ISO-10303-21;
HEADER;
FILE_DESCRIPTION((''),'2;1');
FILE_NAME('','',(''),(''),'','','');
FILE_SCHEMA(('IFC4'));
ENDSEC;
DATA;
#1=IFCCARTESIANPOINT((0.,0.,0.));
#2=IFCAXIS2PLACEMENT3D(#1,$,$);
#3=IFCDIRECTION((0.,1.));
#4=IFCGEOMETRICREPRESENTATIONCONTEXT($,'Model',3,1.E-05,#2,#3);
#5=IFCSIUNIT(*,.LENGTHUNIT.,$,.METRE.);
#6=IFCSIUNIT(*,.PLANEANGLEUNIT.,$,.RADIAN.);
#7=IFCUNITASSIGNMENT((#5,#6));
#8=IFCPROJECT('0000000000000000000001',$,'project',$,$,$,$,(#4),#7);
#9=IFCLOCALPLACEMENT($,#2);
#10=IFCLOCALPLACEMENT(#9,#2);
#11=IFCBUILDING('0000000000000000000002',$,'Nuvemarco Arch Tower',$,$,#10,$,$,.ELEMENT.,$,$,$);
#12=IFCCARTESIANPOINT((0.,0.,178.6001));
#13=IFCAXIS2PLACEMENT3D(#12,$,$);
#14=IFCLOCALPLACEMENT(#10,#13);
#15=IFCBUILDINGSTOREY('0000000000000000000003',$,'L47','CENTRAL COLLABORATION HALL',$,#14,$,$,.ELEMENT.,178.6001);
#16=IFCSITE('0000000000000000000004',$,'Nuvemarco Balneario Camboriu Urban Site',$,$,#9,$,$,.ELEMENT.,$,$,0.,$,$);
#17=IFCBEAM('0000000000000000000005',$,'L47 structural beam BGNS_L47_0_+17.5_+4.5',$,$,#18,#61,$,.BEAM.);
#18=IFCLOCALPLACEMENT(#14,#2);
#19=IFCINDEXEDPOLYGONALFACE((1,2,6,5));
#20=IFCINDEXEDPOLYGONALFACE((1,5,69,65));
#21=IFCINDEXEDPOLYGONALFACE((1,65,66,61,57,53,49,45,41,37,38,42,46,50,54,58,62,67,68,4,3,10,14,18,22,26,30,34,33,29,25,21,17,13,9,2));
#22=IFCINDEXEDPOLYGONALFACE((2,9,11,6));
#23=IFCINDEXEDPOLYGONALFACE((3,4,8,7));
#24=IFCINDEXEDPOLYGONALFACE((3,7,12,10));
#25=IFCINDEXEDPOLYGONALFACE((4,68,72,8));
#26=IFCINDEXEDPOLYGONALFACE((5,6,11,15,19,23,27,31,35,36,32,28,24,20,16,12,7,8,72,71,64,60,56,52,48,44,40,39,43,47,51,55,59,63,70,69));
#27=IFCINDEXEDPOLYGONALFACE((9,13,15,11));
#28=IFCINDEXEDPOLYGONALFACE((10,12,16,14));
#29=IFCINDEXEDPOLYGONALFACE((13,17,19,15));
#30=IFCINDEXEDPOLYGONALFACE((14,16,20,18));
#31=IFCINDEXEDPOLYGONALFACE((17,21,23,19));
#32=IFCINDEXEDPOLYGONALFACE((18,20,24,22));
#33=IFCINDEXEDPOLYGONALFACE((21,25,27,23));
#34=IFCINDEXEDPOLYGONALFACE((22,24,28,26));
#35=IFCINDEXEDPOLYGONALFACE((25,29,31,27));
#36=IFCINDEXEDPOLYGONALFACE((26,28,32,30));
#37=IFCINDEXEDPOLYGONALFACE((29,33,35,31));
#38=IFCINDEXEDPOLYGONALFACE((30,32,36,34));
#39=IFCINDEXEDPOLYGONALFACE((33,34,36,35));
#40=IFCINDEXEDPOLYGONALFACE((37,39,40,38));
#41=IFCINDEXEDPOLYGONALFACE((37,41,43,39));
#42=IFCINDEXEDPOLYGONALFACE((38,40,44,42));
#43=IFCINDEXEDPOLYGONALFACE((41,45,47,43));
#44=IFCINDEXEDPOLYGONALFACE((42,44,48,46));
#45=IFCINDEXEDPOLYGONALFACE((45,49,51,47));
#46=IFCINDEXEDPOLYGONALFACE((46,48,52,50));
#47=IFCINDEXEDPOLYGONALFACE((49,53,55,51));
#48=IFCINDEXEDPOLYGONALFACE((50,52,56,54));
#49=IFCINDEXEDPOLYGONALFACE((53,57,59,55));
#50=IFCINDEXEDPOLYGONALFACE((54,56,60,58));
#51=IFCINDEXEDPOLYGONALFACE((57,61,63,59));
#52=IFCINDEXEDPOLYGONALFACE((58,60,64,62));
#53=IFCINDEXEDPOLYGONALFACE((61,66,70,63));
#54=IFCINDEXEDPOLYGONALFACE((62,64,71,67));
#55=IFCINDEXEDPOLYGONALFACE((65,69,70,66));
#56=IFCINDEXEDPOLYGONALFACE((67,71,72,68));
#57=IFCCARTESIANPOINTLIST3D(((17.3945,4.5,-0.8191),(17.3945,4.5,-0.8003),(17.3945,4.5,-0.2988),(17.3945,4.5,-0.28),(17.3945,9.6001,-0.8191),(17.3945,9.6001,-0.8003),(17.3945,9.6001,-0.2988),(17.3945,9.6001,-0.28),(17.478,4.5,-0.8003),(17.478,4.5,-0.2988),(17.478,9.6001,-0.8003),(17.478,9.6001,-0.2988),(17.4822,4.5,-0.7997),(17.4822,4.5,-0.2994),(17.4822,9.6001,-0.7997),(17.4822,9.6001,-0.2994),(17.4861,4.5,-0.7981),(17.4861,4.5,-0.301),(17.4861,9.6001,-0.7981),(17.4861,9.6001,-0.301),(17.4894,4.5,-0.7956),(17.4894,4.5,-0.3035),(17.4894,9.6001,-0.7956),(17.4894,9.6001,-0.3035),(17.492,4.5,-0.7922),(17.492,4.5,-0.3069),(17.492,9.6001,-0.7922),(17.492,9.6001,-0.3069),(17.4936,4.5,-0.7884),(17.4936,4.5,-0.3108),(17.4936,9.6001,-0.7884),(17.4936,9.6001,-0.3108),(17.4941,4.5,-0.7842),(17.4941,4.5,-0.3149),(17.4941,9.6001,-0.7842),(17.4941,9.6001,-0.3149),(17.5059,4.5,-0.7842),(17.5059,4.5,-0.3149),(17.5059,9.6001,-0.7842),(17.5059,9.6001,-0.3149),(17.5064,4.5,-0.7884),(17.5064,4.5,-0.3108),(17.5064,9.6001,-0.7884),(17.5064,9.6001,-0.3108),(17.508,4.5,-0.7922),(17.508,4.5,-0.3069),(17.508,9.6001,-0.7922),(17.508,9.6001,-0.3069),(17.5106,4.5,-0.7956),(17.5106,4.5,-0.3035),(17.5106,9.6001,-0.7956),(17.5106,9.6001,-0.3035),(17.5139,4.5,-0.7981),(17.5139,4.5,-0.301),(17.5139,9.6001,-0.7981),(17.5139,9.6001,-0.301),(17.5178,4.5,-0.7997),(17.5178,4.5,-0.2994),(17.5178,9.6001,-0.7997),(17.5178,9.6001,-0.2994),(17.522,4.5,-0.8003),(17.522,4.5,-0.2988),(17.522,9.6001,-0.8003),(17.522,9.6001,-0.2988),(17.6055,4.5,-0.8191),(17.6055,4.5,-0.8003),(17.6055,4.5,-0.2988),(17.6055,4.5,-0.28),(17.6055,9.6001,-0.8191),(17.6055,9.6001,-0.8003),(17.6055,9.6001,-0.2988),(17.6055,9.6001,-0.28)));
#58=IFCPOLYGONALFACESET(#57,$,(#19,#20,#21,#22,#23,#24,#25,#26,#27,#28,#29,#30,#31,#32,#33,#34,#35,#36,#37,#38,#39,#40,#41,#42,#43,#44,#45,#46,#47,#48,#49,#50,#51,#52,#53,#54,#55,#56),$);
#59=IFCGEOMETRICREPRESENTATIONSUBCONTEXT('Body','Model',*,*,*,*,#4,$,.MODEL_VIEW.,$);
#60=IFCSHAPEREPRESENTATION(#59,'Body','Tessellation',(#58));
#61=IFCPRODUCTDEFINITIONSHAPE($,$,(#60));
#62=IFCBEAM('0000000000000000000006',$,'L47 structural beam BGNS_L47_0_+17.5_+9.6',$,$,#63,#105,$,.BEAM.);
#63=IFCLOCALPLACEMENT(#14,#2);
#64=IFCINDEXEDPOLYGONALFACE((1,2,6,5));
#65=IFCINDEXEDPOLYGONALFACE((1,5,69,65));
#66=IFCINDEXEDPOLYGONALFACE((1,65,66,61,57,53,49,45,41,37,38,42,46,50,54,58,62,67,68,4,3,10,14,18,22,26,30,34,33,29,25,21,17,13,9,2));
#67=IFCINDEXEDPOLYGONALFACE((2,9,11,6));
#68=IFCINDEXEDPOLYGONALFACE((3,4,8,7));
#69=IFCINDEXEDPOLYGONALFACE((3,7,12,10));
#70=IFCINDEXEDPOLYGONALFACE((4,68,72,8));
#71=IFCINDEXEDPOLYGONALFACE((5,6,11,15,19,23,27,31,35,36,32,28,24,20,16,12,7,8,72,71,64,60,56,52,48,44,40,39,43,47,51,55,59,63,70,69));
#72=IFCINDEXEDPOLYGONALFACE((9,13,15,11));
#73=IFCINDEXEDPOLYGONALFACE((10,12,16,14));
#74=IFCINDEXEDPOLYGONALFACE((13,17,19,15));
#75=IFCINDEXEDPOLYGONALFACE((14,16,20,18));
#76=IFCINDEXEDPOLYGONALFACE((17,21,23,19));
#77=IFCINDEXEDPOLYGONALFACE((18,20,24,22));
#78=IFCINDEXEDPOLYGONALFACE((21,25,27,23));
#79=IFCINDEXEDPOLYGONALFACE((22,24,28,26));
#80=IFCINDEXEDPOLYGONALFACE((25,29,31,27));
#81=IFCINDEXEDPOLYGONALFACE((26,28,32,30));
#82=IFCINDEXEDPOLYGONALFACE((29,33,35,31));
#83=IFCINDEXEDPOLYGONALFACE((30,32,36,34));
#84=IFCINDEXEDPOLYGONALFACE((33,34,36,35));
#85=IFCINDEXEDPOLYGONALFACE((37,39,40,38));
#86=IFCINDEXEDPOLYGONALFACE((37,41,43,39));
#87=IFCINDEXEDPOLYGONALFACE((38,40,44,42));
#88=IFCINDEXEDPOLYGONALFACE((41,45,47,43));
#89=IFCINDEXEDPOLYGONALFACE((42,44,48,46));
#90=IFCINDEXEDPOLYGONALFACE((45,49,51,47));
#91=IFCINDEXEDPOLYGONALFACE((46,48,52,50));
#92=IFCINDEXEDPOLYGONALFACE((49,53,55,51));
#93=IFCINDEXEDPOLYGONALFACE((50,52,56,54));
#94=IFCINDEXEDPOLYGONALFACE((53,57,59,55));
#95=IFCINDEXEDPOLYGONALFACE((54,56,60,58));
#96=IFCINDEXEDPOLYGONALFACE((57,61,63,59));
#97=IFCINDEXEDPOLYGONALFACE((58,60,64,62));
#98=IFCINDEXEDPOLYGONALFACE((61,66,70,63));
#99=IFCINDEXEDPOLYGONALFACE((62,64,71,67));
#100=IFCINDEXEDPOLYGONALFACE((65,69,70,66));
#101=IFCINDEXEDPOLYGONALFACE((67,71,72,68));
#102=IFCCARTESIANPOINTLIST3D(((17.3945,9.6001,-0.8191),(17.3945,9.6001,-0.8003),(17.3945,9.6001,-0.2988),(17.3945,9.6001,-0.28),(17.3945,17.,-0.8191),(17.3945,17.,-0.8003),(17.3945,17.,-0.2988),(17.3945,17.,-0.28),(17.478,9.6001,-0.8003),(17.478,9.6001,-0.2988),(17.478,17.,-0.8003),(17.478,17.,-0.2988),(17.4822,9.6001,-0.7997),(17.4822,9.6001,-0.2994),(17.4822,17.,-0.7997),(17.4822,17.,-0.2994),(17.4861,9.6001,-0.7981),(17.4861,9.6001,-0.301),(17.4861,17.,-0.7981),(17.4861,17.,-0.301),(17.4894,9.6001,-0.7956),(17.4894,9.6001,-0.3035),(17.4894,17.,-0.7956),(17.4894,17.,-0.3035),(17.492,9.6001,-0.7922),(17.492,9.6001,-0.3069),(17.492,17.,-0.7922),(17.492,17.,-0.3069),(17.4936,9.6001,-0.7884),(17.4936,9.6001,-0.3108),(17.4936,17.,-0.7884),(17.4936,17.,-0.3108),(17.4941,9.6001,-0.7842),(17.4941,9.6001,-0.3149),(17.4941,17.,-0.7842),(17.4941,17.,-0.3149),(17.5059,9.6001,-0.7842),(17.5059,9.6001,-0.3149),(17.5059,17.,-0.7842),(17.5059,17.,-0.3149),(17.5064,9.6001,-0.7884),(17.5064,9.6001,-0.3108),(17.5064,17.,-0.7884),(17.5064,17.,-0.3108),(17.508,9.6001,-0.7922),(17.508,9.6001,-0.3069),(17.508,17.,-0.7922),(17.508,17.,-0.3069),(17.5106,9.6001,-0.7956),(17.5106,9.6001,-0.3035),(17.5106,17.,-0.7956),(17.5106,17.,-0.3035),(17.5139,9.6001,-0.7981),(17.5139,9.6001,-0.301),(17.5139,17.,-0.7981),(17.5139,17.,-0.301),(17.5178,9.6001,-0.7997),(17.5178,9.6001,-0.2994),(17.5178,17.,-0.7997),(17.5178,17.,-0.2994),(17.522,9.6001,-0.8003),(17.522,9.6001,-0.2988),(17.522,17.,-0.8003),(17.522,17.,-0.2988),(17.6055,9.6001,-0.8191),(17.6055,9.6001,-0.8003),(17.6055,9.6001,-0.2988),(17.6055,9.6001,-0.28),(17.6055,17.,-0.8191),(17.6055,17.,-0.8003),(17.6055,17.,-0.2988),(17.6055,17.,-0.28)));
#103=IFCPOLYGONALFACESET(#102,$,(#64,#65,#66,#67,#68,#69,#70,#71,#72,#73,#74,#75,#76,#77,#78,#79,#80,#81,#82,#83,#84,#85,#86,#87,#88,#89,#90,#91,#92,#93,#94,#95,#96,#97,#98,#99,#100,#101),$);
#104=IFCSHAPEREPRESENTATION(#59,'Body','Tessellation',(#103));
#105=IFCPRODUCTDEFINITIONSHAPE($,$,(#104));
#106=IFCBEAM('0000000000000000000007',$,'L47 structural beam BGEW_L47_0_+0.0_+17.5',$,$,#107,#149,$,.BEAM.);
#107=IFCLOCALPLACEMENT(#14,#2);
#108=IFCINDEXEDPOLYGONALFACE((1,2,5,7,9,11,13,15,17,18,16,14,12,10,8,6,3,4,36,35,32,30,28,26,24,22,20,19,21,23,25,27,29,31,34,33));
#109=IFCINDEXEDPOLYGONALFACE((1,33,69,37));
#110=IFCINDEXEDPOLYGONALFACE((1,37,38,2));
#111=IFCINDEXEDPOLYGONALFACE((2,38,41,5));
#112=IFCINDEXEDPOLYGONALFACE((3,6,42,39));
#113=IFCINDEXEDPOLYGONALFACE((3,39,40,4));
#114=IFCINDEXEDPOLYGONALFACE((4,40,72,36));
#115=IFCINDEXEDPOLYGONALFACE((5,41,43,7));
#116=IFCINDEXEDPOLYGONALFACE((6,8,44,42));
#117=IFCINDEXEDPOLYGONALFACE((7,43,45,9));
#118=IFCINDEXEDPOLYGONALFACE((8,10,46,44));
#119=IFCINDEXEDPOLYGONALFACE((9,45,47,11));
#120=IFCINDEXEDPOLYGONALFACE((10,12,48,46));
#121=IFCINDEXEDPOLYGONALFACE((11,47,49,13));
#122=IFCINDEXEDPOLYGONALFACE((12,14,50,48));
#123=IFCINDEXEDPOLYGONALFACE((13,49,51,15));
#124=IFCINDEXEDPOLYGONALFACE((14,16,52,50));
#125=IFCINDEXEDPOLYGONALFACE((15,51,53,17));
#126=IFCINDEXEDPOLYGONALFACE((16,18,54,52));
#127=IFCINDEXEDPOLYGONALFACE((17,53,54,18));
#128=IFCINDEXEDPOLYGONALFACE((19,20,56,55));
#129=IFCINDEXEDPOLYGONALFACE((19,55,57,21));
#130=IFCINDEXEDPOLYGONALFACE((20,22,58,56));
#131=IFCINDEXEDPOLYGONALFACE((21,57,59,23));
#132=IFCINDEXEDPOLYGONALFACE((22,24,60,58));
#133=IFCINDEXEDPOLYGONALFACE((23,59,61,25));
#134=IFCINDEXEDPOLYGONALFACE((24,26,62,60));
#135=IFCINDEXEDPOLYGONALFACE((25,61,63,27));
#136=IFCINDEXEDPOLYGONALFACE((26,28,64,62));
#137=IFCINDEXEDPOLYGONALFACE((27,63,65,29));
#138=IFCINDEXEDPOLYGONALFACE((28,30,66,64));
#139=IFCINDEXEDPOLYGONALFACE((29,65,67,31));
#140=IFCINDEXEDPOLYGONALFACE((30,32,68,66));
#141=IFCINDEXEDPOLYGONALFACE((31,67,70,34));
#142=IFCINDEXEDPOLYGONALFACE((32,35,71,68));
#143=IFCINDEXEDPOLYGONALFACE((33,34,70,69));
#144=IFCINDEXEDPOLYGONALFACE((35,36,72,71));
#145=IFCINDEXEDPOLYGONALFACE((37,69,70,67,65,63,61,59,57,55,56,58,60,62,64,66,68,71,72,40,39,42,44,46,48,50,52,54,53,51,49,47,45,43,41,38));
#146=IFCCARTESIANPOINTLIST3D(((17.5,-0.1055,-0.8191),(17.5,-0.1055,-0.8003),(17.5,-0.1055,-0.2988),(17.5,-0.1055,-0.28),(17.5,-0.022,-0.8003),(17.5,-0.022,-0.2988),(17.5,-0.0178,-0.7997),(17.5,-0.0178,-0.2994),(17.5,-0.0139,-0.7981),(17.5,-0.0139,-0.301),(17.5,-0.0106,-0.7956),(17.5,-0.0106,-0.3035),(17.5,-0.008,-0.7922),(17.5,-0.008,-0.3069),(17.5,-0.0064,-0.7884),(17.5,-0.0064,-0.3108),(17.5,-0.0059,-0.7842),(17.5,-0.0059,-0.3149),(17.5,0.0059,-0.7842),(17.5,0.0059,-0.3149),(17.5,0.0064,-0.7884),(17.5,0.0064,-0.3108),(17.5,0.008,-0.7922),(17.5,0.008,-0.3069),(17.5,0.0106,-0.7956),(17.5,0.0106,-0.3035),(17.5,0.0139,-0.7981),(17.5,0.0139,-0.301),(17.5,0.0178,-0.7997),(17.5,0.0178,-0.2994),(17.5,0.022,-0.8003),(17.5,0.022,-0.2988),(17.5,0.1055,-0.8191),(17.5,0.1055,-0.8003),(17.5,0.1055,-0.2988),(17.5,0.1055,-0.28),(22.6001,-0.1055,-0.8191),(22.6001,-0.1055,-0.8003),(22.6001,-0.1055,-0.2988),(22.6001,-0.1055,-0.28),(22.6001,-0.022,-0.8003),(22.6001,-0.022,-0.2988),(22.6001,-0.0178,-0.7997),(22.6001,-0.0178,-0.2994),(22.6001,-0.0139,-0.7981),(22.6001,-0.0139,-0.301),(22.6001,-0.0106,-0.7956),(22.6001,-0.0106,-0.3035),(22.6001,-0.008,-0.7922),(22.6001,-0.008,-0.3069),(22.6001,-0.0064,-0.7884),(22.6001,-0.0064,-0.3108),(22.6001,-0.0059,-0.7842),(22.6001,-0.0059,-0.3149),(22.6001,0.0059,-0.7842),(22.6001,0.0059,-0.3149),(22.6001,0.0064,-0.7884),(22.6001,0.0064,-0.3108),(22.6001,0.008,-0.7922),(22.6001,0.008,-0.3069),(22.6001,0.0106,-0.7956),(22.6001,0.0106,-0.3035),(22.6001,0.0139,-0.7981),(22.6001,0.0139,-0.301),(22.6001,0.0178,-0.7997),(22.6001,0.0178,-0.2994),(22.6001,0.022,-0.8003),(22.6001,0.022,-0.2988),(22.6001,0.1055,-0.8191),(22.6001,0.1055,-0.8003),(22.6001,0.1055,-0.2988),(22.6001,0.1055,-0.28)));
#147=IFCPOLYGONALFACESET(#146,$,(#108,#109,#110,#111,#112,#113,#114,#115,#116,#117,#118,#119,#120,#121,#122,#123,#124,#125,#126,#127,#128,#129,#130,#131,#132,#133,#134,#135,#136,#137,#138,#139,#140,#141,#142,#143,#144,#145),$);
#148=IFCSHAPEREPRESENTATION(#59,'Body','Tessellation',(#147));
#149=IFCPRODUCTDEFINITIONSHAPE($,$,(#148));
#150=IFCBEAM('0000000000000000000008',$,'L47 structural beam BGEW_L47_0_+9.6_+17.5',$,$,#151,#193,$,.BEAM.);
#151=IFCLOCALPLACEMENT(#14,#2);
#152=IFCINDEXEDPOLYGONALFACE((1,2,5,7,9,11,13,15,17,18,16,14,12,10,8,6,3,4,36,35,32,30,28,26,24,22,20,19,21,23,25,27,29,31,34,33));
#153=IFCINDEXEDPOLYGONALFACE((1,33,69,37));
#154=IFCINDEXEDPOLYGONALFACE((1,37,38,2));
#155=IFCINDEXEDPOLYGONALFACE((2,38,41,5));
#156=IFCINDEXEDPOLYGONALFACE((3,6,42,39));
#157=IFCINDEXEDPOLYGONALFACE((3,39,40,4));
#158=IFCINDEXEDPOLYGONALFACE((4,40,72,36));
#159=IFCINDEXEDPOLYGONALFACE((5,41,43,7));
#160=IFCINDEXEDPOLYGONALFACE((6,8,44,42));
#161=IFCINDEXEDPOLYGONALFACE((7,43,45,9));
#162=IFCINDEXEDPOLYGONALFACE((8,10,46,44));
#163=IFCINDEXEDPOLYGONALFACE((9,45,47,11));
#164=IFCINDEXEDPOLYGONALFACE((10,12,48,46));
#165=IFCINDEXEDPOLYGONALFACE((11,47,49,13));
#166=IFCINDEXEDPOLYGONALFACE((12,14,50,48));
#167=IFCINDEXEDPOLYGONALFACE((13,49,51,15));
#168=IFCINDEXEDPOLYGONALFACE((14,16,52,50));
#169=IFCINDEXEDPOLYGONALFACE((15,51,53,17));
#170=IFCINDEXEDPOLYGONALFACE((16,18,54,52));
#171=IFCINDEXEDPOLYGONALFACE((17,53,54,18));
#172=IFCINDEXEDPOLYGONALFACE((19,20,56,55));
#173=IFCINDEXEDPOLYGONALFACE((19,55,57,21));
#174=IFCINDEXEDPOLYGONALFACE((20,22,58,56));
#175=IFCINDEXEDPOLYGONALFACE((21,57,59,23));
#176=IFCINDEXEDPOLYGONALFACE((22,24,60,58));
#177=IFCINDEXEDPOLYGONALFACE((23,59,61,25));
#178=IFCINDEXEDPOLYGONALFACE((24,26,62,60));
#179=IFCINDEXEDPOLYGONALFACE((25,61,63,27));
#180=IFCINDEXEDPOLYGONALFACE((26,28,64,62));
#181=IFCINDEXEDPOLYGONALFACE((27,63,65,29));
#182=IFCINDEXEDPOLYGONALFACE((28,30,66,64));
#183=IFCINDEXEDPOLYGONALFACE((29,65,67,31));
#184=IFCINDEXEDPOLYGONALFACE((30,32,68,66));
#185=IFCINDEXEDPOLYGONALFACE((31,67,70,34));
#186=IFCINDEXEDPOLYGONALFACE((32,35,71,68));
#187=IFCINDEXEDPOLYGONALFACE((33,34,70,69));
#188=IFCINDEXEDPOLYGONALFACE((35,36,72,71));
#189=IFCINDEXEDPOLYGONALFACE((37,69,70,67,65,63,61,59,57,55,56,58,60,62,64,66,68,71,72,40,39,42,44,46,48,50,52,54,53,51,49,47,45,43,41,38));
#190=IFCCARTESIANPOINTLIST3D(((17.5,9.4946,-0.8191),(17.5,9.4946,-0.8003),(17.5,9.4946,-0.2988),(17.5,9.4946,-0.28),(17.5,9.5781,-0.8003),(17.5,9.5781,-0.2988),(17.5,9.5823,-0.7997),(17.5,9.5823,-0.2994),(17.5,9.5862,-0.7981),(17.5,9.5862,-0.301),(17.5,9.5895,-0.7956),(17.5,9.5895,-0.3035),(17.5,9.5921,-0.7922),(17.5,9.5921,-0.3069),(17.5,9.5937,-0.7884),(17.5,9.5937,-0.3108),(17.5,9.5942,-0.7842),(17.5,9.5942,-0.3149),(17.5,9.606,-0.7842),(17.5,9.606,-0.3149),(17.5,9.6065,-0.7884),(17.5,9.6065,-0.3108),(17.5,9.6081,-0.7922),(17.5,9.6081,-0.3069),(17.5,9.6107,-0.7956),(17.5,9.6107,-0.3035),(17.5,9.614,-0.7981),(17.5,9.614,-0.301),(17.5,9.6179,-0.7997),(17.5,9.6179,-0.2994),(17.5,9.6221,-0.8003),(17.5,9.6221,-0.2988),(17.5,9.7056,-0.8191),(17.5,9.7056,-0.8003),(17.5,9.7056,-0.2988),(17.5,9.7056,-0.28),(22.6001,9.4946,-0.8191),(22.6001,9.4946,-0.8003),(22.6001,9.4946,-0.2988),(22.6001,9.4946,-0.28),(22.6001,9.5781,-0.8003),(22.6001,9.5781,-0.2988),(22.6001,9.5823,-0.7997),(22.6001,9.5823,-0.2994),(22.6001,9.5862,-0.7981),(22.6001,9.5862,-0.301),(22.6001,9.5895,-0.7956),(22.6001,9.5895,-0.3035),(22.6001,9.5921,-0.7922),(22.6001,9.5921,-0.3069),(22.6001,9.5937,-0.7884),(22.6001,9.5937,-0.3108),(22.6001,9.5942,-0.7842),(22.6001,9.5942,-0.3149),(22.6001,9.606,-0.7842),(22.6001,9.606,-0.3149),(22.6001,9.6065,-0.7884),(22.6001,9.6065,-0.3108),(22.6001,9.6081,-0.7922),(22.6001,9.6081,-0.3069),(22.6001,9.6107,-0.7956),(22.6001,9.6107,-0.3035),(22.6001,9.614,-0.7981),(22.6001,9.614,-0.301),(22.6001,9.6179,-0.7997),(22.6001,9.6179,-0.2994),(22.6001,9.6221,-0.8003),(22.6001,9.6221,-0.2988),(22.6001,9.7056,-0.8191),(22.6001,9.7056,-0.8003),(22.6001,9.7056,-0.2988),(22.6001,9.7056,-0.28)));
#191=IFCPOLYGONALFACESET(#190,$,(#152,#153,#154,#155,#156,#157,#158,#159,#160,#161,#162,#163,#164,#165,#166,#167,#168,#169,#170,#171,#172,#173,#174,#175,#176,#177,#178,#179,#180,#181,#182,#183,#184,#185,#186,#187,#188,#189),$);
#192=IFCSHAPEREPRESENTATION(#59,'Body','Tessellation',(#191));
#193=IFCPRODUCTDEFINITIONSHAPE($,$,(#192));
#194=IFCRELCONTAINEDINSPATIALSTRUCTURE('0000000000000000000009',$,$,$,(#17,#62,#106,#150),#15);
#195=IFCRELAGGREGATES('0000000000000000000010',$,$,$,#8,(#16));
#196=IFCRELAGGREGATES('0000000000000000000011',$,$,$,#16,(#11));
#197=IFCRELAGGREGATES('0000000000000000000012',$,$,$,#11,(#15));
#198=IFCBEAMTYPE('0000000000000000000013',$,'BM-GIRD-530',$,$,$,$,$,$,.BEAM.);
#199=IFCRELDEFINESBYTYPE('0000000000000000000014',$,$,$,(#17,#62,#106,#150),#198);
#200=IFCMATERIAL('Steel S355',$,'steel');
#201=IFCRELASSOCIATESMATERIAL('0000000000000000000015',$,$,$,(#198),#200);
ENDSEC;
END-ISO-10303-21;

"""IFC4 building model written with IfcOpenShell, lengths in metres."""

from ifc_helpers import new_model, si_unit, direction, frame, origin, origin_2d, place, context, subcontext, project, spatial, i_section, extrude, material, material_profile, profile_set, type_object, element, save


model = new_model("IFC4")

# Units and contexts
model_context = context("Model", 3, precision=1e-05, world=origin(), true_north=direction((0.0, 1.0)))
body_context = subcontext(model_context, "Body", "Model", "MODEL_VIEW")
ifc_project = project(units=[si_unit("LENGTHUNIT", "METRE"), si_unit("PLANEANGLEUNIT", "RADIAN")], contexts=[model_context])

# Site, building, storey
site_placement = place(None, origin())
site = spatial("IfcSite", under=ifc_project, at=site_placement, Name="Nuvemarco Balneario Camboriu Urban Site", CompositionType="ELEMENT", RefElevation=0.0)
building_placement = place(site_placement, origin())
building = spatial("IfcBuilding", under=site, at=building_placement, Name="Nuvemarco Arch Tower", CompositionType="ELEMENT")
storey_placement = place(building_placement, frame((0.0, 0.0, 178.6001)))
storey = spatial("IfcBuildingStorey", under=building, at=storey_placement, Name="L47", Description="CENTRAL COLLABORATION HALL", CompositionType="ELEMENT", Elevation=178.6001)

# Shared definitions
ifc_material_1 = material(Name="Steel S355", Category="steel")

# Beams
ifc_material_profile_1 = material_profile(ifc_material_1, i_section(OverallWidth=0.2109, OverallDepth=0.5391, WebThickness=0.0117, FlangeThickness=0.0188, FilletRadius=0.0161, at=origin_2d()), Name="W530x109")
ifc_profile_set_1 = profile_set([ifc_material_profile_1], Name="Steel S355")
beam_type_1 = type_object("IfcBeamType", Name="BM-GIRD-530", PredefinedType="BEAM", material=ifc_profile_set_1)
beam_1_placement = place(storey_placement, frame((17.5, 4.5, -0.5496), z_axis=(0.0, 1.0, 0.0), x_axis=(-1.0, 0.0, 0.0)))
element("IfcBeam", 1, at=beam_1_placement, inside=storey, type_object=beam_type_1, Name="L47 structural beam BGNS_L47_0_+17.5_+4.5", PredefinedType="BEAM", context=body_context, shape_type="SweptSolid", body=[
    extrude(i_section(OverallWidth=0.2109, OverallDepth=0.5391, WebThickness=0.0117, FlangeThickness=0.0188, FilletRadius=0.0161, at=origin_2d()), origin(), (0.0, 0.0, 1.0), 5.1001),
])
beam_2_placement = place(storey_placement, frame((17.5, 9.6001, -0.5496), z_axis=(0.0, 1.0, 0.0), x_axis=(-1.0, 0.0, 0.0)))
element("IfcBeam", 2, at=beam_2_placement, inside=storey, type_object=beam_type_1, Name="L47 structural beam BGNS_L47_0_+17.5_+9.6", PredefinedType="BEAM", context=body_context, shape_type="SweptSolid", body=[
    extrude(i_section(OverallWidth=0.2109, OverallDepth=0.5391, WebThickness=0.0117, FlangeThickness=0.0188, FilletRadius=0.0161, at=origin_2d()), origin(), (0.0, 0.0, 1.0), 7.3999),
])
for number, where, z_axis, x_axis, name in (
    (3, (17.5, 0.0, -0.5496), (1.0, 0.0, 0.0), (0.0, 1.0, 0.0), "L47 structural beam BGEW_L47_0_+0.0_+17.5"),
    (4, (17.5, 9.6001, -0.5496), (1.0, 0.0, 0.0), (0.0, 1.0, 0.0), "L47 structural beam BGEW_L47_0_+9.6_+17.5"),
):
    element("IfcBeam", number, at=place(storey_placement, frame(where, z_axis=z_axis, x_axis=x_axis)), inside=storey, type_object=beam_type_1, Name=name, PredefinedType="BEAM", context=body_context, shape_type="SweptSolid", body=[
        extrude(i_section(OverallWidth=0.2109, OverallDepth=0.5391, WebThickness=0.0117, FlangeThickness=0.0188, FilletRadius=0.0161, at=origin_2d()), origin(), (0.0, 0.0, 1.0), 5.1001),
    ])

save(model, "model.ifc")
